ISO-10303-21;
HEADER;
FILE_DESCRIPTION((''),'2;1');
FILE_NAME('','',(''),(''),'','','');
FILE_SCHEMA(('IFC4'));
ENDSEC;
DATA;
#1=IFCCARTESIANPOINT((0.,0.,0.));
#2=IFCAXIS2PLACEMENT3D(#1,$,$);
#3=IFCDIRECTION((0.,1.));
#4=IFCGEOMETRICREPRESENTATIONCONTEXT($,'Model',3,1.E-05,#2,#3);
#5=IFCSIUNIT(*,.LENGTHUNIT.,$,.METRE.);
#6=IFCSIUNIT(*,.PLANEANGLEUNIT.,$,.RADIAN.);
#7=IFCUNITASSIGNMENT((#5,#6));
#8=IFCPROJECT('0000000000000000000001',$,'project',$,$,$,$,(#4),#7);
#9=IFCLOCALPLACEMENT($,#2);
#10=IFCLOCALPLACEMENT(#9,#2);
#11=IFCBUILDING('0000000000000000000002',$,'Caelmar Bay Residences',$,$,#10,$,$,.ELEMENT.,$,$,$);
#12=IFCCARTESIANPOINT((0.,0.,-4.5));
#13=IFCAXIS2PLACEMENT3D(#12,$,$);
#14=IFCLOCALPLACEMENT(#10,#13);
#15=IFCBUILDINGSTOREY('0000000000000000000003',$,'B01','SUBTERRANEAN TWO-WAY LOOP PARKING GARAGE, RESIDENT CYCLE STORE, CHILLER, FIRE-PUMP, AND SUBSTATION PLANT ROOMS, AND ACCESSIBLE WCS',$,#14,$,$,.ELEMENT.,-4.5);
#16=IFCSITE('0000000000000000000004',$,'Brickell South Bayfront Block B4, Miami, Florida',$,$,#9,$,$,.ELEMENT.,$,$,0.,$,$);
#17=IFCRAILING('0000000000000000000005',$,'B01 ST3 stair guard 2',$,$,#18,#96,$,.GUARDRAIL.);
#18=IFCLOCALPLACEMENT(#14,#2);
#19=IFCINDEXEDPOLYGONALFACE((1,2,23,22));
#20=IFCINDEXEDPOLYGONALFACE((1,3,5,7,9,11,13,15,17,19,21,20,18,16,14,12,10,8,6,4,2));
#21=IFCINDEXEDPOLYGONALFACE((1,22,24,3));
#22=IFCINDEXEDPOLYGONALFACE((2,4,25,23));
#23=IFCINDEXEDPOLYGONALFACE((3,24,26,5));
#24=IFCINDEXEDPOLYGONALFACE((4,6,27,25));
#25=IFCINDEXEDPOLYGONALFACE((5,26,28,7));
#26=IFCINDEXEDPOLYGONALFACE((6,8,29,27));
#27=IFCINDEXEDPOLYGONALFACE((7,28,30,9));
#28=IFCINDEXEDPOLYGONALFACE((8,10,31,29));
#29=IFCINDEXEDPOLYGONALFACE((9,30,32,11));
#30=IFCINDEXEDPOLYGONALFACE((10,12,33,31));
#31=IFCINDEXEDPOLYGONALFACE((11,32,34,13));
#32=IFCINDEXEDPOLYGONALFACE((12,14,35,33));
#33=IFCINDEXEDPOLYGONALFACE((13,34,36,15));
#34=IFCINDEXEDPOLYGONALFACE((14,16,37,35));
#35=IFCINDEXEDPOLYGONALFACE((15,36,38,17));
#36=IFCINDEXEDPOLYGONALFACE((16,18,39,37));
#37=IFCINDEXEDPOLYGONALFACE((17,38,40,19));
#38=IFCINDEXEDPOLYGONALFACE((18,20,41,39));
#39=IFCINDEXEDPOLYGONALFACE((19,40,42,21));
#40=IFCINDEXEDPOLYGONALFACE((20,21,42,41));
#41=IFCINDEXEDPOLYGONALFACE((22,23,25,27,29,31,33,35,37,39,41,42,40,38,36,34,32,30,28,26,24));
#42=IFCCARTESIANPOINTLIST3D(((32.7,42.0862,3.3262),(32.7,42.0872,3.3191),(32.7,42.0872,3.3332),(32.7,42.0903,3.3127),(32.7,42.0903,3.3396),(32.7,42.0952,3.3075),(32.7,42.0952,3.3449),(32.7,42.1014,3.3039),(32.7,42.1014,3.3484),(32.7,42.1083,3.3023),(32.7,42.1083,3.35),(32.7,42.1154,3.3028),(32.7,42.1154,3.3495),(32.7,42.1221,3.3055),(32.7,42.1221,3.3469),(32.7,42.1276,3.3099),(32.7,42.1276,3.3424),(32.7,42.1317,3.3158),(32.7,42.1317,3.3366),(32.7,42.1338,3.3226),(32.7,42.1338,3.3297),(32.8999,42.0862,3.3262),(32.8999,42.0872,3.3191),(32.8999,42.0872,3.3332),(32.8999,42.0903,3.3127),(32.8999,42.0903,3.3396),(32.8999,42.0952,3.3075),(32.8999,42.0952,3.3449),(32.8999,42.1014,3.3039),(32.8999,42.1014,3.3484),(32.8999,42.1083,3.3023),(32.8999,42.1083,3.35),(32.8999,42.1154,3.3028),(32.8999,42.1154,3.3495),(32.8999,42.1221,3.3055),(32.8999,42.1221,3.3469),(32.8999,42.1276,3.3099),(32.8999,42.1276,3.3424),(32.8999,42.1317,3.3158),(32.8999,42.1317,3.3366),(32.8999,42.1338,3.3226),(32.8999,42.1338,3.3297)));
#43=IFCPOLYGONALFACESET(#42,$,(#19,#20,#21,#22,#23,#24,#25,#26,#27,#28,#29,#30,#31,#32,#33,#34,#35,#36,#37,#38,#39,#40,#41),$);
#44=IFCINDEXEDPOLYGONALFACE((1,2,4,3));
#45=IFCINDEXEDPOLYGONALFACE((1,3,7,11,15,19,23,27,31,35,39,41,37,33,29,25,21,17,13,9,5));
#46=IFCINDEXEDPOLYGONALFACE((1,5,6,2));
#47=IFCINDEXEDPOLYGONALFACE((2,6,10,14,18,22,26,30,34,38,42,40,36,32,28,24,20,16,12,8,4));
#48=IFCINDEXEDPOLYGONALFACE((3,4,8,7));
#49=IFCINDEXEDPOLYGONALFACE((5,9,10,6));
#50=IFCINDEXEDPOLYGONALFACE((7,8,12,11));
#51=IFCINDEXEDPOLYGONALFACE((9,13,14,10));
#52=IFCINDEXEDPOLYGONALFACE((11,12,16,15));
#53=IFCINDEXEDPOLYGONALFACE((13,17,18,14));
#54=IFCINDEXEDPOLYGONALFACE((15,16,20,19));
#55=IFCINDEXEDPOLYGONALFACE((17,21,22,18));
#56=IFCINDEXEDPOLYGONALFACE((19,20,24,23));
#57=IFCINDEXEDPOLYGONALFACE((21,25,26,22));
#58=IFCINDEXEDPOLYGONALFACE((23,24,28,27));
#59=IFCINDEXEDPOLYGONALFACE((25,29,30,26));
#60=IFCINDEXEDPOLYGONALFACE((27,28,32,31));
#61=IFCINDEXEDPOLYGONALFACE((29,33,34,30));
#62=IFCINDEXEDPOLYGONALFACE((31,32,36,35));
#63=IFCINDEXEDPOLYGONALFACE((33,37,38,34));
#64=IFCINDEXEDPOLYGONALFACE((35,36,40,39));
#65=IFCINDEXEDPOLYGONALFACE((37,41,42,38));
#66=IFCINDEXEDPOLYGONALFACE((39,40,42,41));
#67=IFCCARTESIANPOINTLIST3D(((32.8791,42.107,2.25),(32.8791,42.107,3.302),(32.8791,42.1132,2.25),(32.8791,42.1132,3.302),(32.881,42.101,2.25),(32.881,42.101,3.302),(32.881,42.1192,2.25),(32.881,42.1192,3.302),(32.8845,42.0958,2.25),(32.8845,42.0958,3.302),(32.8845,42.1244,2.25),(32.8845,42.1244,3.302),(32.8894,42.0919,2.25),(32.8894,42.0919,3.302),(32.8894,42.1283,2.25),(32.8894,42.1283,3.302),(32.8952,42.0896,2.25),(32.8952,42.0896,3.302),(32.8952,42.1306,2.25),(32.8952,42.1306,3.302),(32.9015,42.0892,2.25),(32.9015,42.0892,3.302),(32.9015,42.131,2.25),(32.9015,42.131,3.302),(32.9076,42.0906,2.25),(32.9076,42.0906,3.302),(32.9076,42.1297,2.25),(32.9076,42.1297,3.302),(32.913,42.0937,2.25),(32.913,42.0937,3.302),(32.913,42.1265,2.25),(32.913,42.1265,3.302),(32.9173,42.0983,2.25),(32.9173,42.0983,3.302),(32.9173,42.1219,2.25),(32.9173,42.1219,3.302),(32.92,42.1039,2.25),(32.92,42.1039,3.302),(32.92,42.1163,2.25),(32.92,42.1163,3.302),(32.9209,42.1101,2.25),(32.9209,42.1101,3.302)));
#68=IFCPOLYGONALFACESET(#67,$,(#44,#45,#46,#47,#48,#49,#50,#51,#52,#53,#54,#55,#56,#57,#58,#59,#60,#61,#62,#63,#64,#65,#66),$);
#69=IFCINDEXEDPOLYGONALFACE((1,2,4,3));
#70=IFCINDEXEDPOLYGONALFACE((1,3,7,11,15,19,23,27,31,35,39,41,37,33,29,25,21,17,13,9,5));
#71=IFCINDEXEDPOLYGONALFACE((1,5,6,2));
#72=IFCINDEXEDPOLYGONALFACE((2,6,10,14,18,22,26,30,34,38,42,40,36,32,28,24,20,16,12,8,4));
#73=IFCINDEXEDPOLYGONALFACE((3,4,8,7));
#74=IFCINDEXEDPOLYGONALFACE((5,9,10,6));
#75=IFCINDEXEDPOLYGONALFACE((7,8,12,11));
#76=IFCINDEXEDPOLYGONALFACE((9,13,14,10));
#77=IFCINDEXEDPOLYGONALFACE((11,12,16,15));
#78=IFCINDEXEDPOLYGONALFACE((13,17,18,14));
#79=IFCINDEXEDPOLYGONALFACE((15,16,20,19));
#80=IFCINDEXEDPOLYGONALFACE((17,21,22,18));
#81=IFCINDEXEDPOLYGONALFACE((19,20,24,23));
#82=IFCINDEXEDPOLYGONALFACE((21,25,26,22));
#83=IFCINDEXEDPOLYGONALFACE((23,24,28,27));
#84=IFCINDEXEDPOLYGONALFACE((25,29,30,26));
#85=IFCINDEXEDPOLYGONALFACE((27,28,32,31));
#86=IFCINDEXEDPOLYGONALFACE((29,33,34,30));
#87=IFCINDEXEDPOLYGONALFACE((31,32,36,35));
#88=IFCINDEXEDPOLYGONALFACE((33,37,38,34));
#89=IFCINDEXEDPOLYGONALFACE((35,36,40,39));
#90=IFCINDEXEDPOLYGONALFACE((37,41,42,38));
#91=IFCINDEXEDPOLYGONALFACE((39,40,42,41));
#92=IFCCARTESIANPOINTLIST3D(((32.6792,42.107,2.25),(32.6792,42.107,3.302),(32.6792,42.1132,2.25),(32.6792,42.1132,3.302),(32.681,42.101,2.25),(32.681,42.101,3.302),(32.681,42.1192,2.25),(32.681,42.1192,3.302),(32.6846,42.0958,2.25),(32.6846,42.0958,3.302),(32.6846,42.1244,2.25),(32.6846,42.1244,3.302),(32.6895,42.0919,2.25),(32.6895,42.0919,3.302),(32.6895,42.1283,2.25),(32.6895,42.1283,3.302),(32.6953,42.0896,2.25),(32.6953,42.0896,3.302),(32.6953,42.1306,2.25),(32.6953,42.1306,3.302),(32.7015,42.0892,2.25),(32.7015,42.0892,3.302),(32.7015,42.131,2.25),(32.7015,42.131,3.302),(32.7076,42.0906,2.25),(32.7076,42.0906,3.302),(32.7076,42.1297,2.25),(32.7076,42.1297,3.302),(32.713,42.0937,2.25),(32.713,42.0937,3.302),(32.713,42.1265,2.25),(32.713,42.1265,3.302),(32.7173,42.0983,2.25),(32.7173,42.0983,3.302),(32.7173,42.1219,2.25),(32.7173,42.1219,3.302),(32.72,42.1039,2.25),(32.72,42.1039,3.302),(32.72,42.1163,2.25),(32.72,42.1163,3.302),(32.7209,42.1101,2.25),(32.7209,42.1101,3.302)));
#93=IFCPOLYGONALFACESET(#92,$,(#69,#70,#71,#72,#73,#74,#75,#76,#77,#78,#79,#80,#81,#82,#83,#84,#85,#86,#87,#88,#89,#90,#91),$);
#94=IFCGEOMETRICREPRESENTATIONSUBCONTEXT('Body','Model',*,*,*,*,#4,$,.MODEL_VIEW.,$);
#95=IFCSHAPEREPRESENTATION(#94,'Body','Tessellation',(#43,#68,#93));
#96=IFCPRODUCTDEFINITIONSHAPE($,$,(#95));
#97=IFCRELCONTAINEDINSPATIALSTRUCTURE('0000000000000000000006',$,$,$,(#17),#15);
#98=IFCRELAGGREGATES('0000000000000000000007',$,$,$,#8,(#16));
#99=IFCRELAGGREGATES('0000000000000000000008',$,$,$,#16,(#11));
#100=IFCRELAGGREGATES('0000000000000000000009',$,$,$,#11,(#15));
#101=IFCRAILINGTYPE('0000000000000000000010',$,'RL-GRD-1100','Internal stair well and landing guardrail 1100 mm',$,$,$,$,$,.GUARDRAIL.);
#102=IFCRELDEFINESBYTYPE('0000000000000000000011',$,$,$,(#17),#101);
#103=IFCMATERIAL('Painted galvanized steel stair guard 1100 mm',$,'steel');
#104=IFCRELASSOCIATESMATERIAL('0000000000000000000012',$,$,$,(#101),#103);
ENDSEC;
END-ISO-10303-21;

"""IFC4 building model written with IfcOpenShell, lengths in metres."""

from ifc_helpers import new_model, si_unit, direction, frame, origin, origin_2d, place, context, subcontext, project, spatial, circle, extrude, material, type_object, element, save


model = new_model("IFC4")

# Units and contexts
model_context = context("Model", 3, precision=1e-05, world=origin(), true_north=direction((0.0, 1.0)))
body_context = subcontext(model_context, "Body", "Model", "MODEL_VIEW")
ifc_project = project(units=[si_unit("LENGTHUNIT", "METRE"), si_unit("PLANEANGLEUNIT", "RADIAN")], contexts=[model_context])

# Site, building, storey
site_placement = place(None, origin())
site = spatial("IfcSite", under=ifc_project, at=site_placement, Name="Brickell South Bayfront Block B4, Miami, Florida", CompositionType="ELEMENT", RefElevation=0.0)
building_placement = place(site_placement, origin())
building = spatial("IfcBuilding", under=site, at=building_placement, Name="Caelmar Bay Residences", CompositionType="ELEMENT")
storey_placement = place(building_placement, frame((0.0, 0.0, -4.5)))
storey = spatial("IfcBuildingStorey", under=building, at=storey_placement, Name="B01", Description="SUBTERRANEAN TWO-WAY LOOP PARKING GARAGE, RESIDENT CYCLE STORE, CHILLER, FIRE-PUMP, AND SUBSTATION PLANT ROOMS, AND ACCESSIBLE WCS", CompositionType="ELEMENT", Elevation=-4.5)

# Railing
ifc_material_1 = material(Name="Painted galvanized steel stair guard 1100 mm", Category="steel")
railing_type_1 = type_object("IfcRailingType", Name="RL-GRD-1100", Description="Internal stair well and landing guardrail 1100 mm", PredefinedType="GUARDRAIL", material=ifc_material_1)
railing_1_placement = place(storey_placement, frame((32.8999, 42.1101, 2.25)))
element("IfcRailing", 1, at=railing_1_placement, inside=storey, type_object=railing_type_1, Name="B01 ST3 stair guard 2", PredefinedType="GUARDRAIL", context=body_context, shape_type="SweptSolid", body=[
    extrude(circle(Radius=0.0239, at=origin_2d()), frame((0.0, 0.0, 1.0762), z_axis=(-1.0, 0.0, 0.0), x_axis=(0.0, -1.0, 0.0)), (0.0, 0.0, 1.0), 0.2),
    extrude(circle(Radius=0.021, at=origin_2d()), origin(), (0.0, 0.0, 1.0), 1.052),
    extrude(circle(Radius=0.021, at=origin_2d()), frame((-0.2, 0.0, 0.0)), (0.0, 0.0, 1.0), 1.052),
])

save(model, "model.ifc")
